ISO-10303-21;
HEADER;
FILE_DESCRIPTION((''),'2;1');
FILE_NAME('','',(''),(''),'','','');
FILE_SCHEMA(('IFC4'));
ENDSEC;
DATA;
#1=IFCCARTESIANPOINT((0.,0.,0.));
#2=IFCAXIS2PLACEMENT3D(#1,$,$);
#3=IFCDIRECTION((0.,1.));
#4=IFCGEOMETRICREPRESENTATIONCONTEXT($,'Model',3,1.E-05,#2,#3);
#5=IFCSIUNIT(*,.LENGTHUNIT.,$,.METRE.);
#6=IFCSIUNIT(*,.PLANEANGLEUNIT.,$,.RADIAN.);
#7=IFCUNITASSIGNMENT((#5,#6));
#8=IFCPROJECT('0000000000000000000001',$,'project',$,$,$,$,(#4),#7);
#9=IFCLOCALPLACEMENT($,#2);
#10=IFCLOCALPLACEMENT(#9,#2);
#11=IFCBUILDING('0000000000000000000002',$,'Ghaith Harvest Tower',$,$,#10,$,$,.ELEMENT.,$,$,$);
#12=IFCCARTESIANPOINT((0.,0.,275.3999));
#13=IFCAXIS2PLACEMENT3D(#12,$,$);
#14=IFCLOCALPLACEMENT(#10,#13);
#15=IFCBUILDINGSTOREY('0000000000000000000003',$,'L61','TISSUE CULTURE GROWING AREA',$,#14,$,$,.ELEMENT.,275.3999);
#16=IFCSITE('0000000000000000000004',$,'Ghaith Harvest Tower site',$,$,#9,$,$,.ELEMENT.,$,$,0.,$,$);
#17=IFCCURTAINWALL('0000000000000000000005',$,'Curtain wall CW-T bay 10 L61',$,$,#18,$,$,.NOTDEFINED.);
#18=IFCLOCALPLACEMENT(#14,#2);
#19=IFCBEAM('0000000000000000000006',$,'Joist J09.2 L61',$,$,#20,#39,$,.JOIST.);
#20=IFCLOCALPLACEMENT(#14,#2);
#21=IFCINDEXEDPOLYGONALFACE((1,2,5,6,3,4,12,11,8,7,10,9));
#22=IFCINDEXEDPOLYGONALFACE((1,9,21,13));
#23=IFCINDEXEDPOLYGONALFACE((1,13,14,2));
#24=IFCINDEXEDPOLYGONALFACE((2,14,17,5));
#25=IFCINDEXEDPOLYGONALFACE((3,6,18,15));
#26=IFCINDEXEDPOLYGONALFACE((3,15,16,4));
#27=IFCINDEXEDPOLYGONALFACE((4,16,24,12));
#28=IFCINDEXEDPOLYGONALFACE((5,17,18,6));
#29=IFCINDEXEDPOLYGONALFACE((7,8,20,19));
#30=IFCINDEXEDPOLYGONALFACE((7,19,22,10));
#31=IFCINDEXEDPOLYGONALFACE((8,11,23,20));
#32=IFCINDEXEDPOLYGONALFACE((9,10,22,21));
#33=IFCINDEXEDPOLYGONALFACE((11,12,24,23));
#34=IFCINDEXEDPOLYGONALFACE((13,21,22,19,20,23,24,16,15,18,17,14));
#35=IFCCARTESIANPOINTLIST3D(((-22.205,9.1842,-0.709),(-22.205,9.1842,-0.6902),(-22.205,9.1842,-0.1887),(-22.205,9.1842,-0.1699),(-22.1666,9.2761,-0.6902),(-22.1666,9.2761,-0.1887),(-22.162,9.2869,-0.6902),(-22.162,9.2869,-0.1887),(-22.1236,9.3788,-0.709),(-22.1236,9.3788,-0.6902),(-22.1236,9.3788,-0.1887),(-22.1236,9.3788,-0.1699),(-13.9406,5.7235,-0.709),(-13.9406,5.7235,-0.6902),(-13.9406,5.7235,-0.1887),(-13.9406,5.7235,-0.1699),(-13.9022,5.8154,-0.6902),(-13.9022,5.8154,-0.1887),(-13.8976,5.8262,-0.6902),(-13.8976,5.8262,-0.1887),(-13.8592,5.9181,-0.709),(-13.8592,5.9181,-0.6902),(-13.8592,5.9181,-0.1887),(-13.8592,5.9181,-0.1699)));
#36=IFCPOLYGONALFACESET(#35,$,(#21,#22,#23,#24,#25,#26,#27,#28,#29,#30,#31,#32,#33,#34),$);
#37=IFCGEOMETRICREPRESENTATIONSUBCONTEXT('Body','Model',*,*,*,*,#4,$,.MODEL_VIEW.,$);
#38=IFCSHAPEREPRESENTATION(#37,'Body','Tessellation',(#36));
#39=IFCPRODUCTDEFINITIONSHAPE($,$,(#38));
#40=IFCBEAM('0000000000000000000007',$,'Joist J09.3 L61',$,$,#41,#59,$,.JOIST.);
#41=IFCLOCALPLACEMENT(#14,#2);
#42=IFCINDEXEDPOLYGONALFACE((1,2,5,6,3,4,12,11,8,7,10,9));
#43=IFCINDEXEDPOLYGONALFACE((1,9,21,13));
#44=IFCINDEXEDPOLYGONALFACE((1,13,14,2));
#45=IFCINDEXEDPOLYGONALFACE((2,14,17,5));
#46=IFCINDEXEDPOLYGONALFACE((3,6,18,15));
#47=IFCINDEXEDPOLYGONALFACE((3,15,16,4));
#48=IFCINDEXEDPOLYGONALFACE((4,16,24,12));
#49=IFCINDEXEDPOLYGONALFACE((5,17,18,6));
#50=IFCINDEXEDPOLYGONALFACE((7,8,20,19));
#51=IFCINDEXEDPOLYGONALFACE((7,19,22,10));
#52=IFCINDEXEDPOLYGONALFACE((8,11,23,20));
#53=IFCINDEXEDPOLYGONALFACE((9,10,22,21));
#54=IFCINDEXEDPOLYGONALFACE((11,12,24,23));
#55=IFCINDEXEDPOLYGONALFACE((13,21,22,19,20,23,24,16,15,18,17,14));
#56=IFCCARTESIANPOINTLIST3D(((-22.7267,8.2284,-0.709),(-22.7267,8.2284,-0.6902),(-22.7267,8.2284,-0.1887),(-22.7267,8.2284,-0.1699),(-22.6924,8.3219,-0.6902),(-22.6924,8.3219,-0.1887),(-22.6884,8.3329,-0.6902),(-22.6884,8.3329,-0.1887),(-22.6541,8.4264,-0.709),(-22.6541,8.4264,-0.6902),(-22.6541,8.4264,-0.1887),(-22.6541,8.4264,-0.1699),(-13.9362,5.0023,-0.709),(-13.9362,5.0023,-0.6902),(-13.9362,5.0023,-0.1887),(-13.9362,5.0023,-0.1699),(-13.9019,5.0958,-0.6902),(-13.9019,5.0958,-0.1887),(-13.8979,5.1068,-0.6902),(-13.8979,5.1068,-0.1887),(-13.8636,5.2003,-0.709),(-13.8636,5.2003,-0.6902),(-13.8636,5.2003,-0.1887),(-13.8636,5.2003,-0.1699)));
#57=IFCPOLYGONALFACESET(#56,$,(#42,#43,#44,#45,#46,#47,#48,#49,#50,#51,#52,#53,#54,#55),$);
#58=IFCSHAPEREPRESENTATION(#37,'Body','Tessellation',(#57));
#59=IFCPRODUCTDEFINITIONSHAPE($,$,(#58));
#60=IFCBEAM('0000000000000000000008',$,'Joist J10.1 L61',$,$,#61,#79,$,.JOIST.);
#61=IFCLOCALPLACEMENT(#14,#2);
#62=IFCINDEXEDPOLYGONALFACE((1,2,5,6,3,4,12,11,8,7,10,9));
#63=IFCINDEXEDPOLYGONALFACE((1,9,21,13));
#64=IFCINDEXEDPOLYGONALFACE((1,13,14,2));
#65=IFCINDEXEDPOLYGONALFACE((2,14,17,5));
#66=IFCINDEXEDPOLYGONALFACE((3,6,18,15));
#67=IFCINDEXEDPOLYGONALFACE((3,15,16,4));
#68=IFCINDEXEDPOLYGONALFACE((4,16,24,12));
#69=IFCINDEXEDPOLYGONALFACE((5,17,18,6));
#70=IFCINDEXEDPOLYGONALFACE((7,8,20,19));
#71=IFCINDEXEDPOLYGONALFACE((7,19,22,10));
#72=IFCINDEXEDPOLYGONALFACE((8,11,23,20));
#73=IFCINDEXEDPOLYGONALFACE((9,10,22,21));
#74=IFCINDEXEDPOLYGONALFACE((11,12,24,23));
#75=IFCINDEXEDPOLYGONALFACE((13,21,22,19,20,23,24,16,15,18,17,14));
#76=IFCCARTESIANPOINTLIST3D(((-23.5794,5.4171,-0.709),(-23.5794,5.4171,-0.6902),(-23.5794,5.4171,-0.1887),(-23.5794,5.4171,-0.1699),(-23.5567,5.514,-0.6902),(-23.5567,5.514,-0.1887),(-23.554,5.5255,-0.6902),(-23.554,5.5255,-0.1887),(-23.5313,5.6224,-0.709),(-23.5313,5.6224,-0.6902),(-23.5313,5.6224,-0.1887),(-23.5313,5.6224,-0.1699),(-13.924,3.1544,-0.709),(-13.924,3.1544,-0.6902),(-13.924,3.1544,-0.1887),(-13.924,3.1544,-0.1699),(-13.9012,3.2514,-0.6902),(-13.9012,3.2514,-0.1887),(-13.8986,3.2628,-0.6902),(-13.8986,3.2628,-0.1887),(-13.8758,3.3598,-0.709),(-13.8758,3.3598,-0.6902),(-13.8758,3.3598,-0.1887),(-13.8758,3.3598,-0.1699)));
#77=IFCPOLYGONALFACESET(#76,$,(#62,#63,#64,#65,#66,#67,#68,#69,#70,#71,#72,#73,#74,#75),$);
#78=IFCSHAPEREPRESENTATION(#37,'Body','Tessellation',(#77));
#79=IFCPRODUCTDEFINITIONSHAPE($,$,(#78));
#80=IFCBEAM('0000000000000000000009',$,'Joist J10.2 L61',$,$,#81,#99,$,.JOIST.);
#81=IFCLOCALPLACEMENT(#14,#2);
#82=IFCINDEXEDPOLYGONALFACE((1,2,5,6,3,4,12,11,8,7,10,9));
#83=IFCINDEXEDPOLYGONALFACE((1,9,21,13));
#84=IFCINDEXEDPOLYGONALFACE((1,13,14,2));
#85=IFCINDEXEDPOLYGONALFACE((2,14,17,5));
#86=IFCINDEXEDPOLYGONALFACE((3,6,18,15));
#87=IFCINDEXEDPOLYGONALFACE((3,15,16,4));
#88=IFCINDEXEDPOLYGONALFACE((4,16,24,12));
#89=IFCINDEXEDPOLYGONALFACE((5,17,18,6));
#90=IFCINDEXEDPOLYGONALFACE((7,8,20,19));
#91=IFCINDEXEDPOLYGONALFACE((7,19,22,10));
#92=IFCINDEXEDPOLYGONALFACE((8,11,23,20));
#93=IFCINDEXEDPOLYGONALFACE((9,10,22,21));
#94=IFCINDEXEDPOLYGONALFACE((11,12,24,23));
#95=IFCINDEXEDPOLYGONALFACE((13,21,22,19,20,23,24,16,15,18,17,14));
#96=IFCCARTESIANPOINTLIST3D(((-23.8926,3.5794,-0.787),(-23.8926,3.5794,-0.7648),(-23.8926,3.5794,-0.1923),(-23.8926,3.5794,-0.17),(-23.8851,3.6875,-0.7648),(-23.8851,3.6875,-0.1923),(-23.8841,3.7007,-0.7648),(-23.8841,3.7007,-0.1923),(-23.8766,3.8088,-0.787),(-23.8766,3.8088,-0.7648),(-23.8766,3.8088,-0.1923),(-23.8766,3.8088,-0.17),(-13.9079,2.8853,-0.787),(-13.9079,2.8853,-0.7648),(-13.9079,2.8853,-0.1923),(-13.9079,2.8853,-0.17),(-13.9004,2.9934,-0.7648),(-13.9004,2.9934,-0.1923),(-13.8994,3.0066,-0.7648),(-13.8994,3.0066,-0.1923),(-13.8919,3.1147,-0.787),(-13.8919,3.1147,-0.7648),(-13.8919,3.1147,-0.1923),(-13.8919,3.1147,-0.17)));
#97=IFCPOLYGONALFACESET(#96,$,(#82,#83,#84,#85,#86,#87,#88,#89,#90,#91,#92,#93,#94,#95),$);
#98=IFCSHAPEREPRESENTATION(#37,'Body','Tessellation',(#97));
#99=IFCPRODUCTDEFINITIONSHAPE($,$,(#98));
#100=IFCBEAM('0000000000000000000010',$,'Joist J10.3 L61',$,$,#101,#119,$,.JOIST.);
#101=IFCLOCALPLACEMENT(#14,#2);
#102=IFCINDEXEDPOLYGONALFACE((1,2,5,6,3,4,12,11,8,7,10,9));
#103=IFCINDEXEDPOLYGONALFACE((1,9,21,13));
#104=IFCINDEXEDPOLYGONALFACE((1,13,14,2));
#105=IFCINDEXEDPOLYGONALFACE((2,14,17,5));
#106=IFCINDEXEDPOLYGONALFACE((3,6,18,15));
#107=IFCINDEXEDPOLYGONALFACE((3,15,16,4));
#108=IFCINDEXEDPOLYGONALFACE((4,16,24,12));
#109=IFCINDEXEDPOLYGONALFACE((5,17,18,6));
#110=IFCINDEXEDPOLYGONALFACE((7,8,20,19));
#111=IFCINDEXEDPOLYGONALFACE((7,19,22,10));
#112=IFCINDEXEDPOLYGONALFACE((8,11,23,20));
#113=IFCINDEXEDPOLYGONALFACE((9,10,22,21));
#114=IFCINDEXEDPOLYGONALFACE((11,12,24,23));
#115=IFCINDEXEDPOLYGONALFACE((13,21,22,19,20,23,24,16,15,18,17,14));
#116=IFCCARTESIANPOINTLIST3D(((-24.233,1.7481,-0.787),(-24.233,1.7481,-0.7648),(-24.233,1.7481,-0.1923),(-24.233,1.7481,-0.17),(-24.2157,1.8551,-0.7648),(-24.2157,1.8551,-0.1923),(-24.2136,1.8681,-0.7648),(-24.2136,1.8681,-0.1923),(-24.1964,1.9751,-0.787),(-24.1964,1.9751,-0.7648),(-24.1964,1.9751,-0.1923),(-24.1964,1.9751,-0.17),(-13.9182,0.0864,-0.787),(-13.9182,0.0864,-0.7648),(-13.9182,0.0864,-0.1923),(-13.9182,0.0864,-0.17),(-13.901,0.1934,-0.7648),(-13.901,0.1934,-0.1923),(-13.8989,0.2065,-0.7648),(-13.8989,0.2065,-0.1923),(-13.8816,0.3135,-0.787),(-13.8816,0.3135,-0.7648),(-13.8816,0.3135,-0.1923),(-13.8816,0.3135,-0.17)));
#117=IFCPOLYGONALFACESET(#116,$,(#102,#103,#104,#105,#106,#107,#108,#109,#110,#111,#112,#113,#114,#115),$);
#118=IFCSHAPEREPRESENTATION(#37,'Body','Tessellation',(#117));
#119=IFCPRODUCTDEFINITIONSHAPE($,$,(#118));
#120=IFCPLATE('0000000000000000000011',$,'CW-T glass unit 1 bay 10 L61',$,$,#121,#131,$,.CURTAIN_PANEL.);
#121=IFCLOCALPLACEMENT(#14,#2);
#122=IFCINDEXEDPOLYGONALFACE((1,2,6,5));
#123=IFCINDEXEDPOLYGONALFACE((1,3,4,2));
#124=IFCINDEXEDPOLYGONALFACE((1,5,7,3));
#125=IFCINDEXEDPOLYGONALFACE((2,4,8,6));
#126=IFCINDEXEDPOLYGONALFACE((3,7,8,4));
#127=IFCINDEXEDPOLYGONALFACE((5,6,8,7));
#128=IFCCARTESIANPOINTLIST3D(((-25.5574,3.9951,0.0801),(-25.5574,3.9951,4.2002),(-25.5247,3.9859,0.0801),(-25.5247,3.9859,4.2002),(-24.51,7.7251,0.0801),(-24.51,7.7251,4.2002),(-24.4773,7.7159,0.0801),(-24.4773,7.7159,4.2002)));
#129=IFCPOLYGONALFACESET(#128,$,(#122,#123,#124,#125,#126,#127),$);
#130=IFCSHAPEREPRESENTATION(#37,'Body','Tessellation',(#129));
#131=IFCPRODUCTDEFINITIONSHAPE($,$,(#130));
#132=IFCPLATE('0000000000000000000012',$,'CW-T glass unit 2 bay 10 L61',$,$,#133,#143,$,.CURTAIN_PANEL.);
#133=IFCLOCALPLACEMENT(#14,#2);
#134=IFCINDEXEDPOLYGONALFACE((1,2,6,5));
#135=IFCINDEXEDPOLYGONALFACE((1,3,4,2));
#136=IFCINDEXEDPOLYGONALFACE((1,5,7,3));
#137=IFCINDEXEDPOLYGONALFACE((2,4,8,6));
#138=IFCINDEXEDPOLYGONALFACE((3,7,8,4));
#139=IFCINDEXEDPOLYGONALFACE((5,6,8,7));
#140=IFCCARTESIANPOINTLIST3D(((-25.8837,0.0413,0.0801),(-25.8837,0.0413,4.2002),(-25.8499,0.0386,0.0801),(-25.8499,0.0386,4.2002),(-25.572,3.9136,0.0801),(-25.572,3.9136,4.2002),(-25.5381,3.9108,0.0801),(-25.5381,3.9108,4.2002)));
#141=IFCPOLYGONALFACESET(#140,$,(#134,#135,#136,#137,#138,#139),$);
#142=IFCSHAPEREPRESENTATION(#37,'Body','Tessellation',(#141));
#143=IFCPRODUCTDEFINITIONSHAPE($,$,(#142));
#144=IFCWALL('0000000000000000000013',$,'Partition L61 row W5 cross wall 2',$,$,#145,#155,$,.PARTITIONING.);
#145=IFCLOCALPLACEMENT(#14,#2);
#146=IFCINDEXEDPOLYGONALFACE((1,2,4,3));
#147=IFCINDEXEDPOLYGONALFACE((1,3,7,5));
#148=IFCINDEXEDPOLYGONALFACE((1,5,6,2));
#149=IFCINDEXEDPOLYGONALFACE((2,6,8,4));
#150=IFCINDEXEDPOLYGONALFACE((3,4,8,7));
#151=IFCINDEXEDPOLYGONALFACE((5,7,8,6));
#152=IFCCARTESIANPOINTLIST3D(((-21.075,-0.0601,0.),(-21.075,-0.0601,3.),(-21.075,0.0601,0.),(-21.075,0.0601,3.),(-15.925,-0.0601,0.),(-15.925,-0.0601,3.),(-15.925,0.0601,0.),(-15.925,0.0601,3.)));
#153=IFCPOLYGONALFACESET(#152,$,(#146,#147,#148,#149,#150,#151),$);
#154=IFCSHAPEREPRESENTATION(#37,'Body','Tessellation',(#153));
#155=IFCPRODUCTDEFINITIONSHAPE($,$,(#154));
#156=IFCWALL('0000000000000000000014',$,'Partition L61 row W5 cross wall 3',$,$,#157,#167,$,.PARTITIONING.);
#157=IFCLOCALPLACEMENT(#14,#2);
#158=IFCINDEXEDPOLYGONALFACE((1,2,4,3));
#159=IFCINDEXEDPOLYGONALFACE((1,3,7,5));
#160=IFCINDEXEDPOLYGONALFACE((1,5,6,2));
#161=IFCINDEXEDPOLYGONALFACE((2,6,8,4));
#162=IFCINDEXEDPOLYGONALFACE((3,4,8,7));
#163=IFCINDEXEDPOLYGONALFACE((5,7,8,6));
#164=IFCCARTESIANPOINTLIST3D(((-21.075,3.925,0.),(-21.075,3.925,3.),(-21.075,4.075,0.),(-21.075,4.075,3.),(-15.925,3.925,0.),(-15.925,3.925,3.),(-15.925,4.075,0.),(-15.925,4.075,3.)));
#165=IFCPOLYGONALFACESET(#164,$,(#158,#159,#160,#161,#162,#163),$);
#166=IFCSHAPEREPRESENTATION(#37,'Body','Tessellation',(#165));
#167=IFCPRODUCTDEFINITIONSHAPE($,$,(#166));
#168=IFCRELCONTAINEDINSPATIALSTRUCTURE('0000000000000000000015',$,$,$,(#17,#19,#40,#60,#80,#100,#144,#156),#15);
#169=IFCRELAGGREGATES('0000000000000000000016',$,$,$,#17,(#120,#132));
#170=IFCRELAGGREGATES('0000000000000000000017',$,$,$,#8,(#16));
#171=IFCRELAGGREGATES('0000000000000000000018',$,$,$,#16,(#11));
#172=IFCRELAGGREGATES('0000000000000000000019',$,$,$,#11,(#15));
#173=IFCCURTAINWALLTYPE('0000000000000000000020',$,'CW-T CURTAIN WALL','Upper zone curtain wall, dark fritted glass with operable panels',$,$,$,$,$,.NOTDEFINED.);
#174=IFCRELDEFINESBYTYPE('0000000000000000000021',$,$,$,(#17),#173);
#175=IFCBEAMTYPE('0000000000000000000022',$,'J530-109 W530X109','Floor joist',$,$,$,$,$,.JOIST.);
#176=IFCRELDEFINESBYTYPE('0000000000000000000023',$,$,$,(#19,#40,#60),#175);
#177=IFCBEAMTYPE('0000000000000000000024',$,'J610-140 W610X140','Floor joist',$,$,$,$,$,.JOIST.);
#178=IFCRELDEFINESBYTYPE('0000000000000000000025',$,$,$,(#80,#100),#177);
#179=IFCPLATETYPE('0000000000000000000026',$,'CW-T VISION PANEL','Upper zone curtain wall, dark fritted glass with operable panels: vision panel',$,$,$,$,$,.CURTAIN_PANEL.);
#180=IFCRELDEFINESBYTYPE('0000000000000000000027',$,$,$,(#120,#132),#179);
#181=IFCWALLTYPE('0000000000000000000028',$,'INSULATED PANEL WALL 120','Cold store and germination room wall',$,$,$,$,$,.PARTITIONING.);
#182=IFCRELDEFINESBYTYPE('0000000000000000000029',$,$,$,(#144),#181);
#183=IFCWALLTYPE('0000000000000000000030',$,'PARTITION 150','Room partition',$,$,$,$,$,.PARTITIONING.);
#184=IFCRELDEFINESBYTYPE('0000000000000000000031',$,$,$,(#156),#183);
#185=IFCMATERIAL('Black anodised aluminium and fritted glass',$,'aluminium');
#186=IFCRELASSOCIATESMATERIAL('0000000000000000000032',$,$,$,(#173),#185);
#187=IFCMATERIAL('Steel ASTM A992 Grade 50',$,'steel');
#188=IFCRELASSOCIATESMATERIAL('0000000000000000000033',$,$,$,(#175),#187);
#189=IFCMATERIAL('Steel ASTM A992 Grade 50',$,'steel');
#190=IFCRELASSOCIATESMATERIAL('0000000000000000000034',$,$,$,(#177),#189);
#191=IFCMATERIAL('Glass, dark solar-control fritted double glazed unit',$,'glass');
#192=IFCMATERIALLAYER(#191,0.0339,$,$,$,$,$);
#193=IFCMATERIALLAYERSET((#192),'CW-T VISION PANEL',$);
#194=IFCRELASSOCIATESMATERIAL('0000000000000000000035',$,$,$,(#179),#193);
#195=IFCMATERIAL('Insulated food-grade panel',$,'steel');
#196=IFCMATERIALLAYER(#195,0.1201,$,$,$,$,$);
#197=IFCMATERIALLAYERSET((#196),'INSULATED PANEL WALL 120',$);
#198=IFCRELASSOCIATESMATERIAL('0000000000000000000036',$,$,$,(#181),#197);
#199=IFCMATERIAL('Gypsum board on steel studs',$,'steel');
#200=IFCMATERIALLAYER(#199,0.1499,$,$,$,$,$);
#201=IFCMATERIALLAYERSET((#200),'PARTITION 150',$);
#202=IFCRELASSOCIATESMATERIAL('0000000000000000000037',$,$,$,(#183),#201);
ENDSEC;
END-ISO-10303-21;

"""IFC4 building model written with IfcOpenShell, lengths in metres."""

from ifc_helpers import new_model, si_unit, direction, frame, frame_2d, origin, origin_2d, place, context, subcontext, project, spatial, rectangle, i_section, extrude, material, layer, layer_set, material_profile, profile_set, type_object, element, aggregate, save


model = new_model("IFC4")

# Units and contexts
model_context = context("Model", 3, precision=1e-05, world=origin(), true_north=direction((0.0, 1.0)))
body_context = subcontext(model_context, "Body", "Model", "MODEL_VIEW")
ifc_project = project(units=[si_unit("LENGTHUNIT", "METRE"), si_unit("PLANEANGLEUNIT", "RADIAN")], contexts=[model_context])

# Site, building, storey
site_placement = place(None, origin())
site = spatial("IfcSite", under=ifc_project, at=site_placement, Name="Ghaith Harvest Tower site", CompositionType="ELEMENT", RefElevation=0.0)
building_placement = place(site_placement, origin())
building = spatial("IfcBuilding", under=site, at=building_placement, Name="Ghaith Harvest Tower", CompositionType="ELEMENT")
storey_placement = place(building_placement, frame((0.0, 0.0, 275.3999)))
storey = spatial("IfcBuildingStorey", under=building, at=storey_placement, Name="L61", Description="TISSUE CULTURE GROWING AREA", CompositionType="ELEMENT", Elevation=275.3999)

# Curtain wall
ifc_material_1 = material(Name="Black anodised aluminium and fritted glass", Category="aluminium")
curtain_wall_type = type_object("IfcCurtainWallType", Name="CW-T CURTAIN WALL", Description="Upper zone curtain wall, dark fritted glass with operable panels", PredefinedType="NOTDEFINED", material=ifc_material_1)
curtain_wall_placement = place(storey_placement, origin())
curtain_wall = element("IfcCurtainWall", 1, at=curtain_wall_placement, inside=storey, type_object=curtain_wall_type, Name="Curtain wall CW-T bay 10 L61", PredefinedType="NOTDEFINED")

# Beams
ifc_material_2 = material(Name="Steel ASTM A992 Grade 50", Category="steel")
ifc_material_profile_1 = material_profile(ifc_material_2, i_section(OverallWidth=0.2109, OverallDepth=0.5391, WebThickness=0.0117, FlangeThickness=0.0188, at=origin_2d()), Name="W530X109")
ifc_profile_set_1 = profile_set([ifc_material_profile_1], Name="Steel ASTM A992 Grade 50")
beam_type_1 = type_object("IfcBeamType", Name="J530-109 W530X109", Description="Floor joist", PredefinedType="JOIST", material=ifc_profile_set_1)
beam_1_placement = place(storey_placement, frame((-13.8999, 5.8208, -0.4395), z_axis=(-0.922394, 0.38625, 0.0), x_axis=(-0.38625, -0.922394, 0.0)))
element("IfcBeam", 2, at=beam_1_placement, inside=storey, type_object=beam_type_1, Name="Joist J09.2 L61", PredefinedType="JOIST", context=body_context, shape_type="SweptSolid", body=[
    extrude(i_section(OverallWidth=0.2109, OverallDepth=0.5391, WebThickness=0.0117, FlangeThickness=0.0188, at=origin_2d()), origin(), (0.0, 0.0, 1.0), 8.9597),
])
beam_2_placement = place(storey_placement, frame((-13.8999, 5.1013, -0.4395), z_axis=(-0.938777, 0.344526, 0.0), x_axis=(-0.344526, -0.938777, 0.0)))
element("IfcBeam", 3, at=beam_2_placement, inside=storey, type_object=beam_type_1, Name="Joist J09.3 L61", PredefinedType="JOIST", context=body_context, shape_type="SweptSolid", body=[
    extrude(i_section(OverallWidth=0.2109, OverallDepth=0.5391, WebThickness=0.0117, FlangeThickness=0.0188, at=origin_2d()), origin(), (0.0, 0.0, 1.0), 9.3638),
])
beam_3_placement = place(storey_placement, frame((-13.8999, 3.2571, -0.4395), z_axis=(-0.973623, 0.228161, 0.0), x_axis=(-0.228161, -0.973623, 0.0)))
element("IfcBeam", 4, at=beam_3_placement, inside=storey, type_object=beam_type_1, Name="Joist J10.1 L61", PredefinedType="JOIST", context=body_context, shape_type="SweptSolid", body=[
    extrude(i_section(OverallWidth=0.2109, OverallDepth=0.5391, WebThickness=0.0117, FlangeThickness=0.0188, at=origin_2d()), origin(), (0.0, 0.0, 1.0), 9.917),
])
ifc_material_3 = material(Name="Steel ASTM A992 Grade 50", Category="steel")
ifc_material_profile_2 = material_profile(ifc_material_3, i_section(OverallWidth=0.23, OverallDepth=0.6169, WebThickness=0.0132, FlangeThickness=0.0222, at=origin_2d()), Name="W610X140")
ifc_profile_set_2 = profile_set([ifc_material_profile_2], Name="Steel ASTM A992 Grade 50")
beam_type_2 = type_object("IfcBeamType", Name="J610-140 W610X140", Description="Floor joist", PredefinedType="JOIST", material=ifc_profile_set_2)
beam_4_placement = place(storey_placement, frame((-13.8999, 3.0, -0.4785), z_axis=(-0.997592, 0.069349, 0.0), x_axis=(-0.069349, -0.997592, 0.0)))
element("IfcBeam", 5, at=beam_4_placement, inside=storey, type_object=beam_type_2, Name="Joist J10.2 L61", PredefinedType="JOIST", context=body_context, shape_type="SweptSolid", body=[
    extrude(i_section(OverallWidth=0.23, OverallDepth=0.6169, WebThickness=0.0132, FlangeThickness=0.0222, at=origin_2d()), origin(), (0.0, 0.0, 1.0), 10.0088),
])
beam_5_placement = place(storey_placement, frame((-13.8999, 0.2, -0.4785), z_axis=(-0.987272, 0.159042, 0.0), x_axis=(-0.159042, -0.987272, 0.0)))
element("IfcBeam", 6, at=beam_5_placement, inside=storey, type_object=beam_type_2, Name="Joist J10.3 L61", PredefinedType="JOIST", context=body_context, shape_type="SweptSolid", body=[
    extrude(i_section(OverallWidth=0.23, OverallDepth=0.6169, WebThickness=0.0132, FlangeThickness=0.0222, at=origin_2d()), origin(), (0.0, 0.0, 1.0), 10.4478),
])

# Plates
ifc_material_4 = material(Name="Glass, dark solar-control fritted double glazed unit", Category="glass")
ifc_layer_1 = layer(ifc_material_4, 0.0339)
ifc_layer_set_1 = layer_set([ifc_layer_1], Name="CW-T VISION PANEL")
plate_type = type_object("IfcPlateType", Name="CW-T VISION PANEL", Description="Upper zone curtain wall, dark fritted glass with operable panels: vision panel", PredefinedType="CURTAIN_PANEL", material=ifc_layer_set_1)
plate_1_placement = place(storey_placement, frame((-25.0173, 5.8555, 0.0801), z_axis=(0.0, 0.0, 1.0), x_axis=(-0.270355, -0.962761, 0.0)))
plate_1 = element("IfcPlate", 7, at=plate_1_placement, type_object=plate_type, Name="CW-T glass unit 1 bay 10 L61", PredefinedType="CURTAIN_PANEL", context=body_context, shape_type="SweptSolid", body=[
    extrude(rectangle(XDim=3.8743, YDim=0.0339, at=origin_2d()), origin(), (0.0, 0.0, 1.0), 4.1201),
])
plate_2_placement = place(storey_placement, frame((-25.7109, 1.9761, 0.0801), z_axis=(0.0, 0.0, 1.0), x_axis=(-0.080258, -0.996774, 0.0)))
plate_2 = element("IfcPlate", 8, at=plate_2_placement, type_object=plate_type, Name="CW-T glass unit 2 bay 10 L61", PredefinedType="CURTAIN_PANEL", context=body_context, shape_type="SweptSolid", body=[
    extrude(rectangle(XDim=3.8848, YDim=0.0339, at=origin_2d()), origin(), (0.0, 0.0, 1.0), 4.1201),
])
aggregate(curtain_wall, [plate_1, plate_2])

# Walls
ifc_material_5 = material(Name="Insulated food-grade panel", Category="steel")
ifc_layer_2 = layer(ifc_material_5, 0.1201)
ifc_layer_set_2 = layer_set([ifc_layer_2], Name="INSULATED PANEL WALL 120")
wall_type_1 = type_object("IfcWallType", Name="INSULATED PANEL WALL 120", Description="Cold store and germination room wall", PredefinedType="PARTITIONING", material=ifc_layer_set_2)
wall_1_placement = place(storey_placement, frame((-15.925, 0.0, 0.0), z_axis=(0.0, 0.0, 1.0), x_axis=(-1.0, 0.0, 0.0)))
element("IfcWall", 9, at=wall_1_placement, inside=storey, type_object=wall_type_1, Name="Partition L61 row W5 cross wall 2", PredefinedType="PARTITIONING", context=body_context, shape_type="SweptSolid", body=[
    extrude(rectangle(XDim=5.1499, YDim=0.1201, at=frame_2d((2.575, 0.0))), origin(), (0.0, 0.0, 1.0), 3.0),
])
ifc_material_6 = material(Name="Gypsum board on steel studs", Category="steel")
ifc_layer_3 = layer(ifc_material_6, 0.1499)
ifc_layer_set_3 = layer_set([ifc_layer_3], Name="PARTITION 150")
wall_type_2 = type_object("IfcWallType", Name="PARTITION 150", Description="Room partition", PredefinedType="PARTITIONING", material=ifc_layer_set_3)
wall_2_placement = place(storey_placement, frame((-15.925, 4.0, 0.0), z_axis=(0.0, 0.0, 1.0), x_axis=(-1.0, 0.0, 0.0)))
element("IfcWall", 10, at=wall_2_placement, inside=storey, type_object=wall_type_2, Name="Partition L61 row W5 cross wall 3", PredefinedType="PARTITIONING", context=body_context, shape_type="SweptSolid", body=[
    extrude(rectangle(XDim=5.1499, YDim=0.1499, at=frame_2d((2.575, 0.0))), origin(), (0.0, 0.0, 1.0), 3.0),
])

save(model, "model.ifc")
